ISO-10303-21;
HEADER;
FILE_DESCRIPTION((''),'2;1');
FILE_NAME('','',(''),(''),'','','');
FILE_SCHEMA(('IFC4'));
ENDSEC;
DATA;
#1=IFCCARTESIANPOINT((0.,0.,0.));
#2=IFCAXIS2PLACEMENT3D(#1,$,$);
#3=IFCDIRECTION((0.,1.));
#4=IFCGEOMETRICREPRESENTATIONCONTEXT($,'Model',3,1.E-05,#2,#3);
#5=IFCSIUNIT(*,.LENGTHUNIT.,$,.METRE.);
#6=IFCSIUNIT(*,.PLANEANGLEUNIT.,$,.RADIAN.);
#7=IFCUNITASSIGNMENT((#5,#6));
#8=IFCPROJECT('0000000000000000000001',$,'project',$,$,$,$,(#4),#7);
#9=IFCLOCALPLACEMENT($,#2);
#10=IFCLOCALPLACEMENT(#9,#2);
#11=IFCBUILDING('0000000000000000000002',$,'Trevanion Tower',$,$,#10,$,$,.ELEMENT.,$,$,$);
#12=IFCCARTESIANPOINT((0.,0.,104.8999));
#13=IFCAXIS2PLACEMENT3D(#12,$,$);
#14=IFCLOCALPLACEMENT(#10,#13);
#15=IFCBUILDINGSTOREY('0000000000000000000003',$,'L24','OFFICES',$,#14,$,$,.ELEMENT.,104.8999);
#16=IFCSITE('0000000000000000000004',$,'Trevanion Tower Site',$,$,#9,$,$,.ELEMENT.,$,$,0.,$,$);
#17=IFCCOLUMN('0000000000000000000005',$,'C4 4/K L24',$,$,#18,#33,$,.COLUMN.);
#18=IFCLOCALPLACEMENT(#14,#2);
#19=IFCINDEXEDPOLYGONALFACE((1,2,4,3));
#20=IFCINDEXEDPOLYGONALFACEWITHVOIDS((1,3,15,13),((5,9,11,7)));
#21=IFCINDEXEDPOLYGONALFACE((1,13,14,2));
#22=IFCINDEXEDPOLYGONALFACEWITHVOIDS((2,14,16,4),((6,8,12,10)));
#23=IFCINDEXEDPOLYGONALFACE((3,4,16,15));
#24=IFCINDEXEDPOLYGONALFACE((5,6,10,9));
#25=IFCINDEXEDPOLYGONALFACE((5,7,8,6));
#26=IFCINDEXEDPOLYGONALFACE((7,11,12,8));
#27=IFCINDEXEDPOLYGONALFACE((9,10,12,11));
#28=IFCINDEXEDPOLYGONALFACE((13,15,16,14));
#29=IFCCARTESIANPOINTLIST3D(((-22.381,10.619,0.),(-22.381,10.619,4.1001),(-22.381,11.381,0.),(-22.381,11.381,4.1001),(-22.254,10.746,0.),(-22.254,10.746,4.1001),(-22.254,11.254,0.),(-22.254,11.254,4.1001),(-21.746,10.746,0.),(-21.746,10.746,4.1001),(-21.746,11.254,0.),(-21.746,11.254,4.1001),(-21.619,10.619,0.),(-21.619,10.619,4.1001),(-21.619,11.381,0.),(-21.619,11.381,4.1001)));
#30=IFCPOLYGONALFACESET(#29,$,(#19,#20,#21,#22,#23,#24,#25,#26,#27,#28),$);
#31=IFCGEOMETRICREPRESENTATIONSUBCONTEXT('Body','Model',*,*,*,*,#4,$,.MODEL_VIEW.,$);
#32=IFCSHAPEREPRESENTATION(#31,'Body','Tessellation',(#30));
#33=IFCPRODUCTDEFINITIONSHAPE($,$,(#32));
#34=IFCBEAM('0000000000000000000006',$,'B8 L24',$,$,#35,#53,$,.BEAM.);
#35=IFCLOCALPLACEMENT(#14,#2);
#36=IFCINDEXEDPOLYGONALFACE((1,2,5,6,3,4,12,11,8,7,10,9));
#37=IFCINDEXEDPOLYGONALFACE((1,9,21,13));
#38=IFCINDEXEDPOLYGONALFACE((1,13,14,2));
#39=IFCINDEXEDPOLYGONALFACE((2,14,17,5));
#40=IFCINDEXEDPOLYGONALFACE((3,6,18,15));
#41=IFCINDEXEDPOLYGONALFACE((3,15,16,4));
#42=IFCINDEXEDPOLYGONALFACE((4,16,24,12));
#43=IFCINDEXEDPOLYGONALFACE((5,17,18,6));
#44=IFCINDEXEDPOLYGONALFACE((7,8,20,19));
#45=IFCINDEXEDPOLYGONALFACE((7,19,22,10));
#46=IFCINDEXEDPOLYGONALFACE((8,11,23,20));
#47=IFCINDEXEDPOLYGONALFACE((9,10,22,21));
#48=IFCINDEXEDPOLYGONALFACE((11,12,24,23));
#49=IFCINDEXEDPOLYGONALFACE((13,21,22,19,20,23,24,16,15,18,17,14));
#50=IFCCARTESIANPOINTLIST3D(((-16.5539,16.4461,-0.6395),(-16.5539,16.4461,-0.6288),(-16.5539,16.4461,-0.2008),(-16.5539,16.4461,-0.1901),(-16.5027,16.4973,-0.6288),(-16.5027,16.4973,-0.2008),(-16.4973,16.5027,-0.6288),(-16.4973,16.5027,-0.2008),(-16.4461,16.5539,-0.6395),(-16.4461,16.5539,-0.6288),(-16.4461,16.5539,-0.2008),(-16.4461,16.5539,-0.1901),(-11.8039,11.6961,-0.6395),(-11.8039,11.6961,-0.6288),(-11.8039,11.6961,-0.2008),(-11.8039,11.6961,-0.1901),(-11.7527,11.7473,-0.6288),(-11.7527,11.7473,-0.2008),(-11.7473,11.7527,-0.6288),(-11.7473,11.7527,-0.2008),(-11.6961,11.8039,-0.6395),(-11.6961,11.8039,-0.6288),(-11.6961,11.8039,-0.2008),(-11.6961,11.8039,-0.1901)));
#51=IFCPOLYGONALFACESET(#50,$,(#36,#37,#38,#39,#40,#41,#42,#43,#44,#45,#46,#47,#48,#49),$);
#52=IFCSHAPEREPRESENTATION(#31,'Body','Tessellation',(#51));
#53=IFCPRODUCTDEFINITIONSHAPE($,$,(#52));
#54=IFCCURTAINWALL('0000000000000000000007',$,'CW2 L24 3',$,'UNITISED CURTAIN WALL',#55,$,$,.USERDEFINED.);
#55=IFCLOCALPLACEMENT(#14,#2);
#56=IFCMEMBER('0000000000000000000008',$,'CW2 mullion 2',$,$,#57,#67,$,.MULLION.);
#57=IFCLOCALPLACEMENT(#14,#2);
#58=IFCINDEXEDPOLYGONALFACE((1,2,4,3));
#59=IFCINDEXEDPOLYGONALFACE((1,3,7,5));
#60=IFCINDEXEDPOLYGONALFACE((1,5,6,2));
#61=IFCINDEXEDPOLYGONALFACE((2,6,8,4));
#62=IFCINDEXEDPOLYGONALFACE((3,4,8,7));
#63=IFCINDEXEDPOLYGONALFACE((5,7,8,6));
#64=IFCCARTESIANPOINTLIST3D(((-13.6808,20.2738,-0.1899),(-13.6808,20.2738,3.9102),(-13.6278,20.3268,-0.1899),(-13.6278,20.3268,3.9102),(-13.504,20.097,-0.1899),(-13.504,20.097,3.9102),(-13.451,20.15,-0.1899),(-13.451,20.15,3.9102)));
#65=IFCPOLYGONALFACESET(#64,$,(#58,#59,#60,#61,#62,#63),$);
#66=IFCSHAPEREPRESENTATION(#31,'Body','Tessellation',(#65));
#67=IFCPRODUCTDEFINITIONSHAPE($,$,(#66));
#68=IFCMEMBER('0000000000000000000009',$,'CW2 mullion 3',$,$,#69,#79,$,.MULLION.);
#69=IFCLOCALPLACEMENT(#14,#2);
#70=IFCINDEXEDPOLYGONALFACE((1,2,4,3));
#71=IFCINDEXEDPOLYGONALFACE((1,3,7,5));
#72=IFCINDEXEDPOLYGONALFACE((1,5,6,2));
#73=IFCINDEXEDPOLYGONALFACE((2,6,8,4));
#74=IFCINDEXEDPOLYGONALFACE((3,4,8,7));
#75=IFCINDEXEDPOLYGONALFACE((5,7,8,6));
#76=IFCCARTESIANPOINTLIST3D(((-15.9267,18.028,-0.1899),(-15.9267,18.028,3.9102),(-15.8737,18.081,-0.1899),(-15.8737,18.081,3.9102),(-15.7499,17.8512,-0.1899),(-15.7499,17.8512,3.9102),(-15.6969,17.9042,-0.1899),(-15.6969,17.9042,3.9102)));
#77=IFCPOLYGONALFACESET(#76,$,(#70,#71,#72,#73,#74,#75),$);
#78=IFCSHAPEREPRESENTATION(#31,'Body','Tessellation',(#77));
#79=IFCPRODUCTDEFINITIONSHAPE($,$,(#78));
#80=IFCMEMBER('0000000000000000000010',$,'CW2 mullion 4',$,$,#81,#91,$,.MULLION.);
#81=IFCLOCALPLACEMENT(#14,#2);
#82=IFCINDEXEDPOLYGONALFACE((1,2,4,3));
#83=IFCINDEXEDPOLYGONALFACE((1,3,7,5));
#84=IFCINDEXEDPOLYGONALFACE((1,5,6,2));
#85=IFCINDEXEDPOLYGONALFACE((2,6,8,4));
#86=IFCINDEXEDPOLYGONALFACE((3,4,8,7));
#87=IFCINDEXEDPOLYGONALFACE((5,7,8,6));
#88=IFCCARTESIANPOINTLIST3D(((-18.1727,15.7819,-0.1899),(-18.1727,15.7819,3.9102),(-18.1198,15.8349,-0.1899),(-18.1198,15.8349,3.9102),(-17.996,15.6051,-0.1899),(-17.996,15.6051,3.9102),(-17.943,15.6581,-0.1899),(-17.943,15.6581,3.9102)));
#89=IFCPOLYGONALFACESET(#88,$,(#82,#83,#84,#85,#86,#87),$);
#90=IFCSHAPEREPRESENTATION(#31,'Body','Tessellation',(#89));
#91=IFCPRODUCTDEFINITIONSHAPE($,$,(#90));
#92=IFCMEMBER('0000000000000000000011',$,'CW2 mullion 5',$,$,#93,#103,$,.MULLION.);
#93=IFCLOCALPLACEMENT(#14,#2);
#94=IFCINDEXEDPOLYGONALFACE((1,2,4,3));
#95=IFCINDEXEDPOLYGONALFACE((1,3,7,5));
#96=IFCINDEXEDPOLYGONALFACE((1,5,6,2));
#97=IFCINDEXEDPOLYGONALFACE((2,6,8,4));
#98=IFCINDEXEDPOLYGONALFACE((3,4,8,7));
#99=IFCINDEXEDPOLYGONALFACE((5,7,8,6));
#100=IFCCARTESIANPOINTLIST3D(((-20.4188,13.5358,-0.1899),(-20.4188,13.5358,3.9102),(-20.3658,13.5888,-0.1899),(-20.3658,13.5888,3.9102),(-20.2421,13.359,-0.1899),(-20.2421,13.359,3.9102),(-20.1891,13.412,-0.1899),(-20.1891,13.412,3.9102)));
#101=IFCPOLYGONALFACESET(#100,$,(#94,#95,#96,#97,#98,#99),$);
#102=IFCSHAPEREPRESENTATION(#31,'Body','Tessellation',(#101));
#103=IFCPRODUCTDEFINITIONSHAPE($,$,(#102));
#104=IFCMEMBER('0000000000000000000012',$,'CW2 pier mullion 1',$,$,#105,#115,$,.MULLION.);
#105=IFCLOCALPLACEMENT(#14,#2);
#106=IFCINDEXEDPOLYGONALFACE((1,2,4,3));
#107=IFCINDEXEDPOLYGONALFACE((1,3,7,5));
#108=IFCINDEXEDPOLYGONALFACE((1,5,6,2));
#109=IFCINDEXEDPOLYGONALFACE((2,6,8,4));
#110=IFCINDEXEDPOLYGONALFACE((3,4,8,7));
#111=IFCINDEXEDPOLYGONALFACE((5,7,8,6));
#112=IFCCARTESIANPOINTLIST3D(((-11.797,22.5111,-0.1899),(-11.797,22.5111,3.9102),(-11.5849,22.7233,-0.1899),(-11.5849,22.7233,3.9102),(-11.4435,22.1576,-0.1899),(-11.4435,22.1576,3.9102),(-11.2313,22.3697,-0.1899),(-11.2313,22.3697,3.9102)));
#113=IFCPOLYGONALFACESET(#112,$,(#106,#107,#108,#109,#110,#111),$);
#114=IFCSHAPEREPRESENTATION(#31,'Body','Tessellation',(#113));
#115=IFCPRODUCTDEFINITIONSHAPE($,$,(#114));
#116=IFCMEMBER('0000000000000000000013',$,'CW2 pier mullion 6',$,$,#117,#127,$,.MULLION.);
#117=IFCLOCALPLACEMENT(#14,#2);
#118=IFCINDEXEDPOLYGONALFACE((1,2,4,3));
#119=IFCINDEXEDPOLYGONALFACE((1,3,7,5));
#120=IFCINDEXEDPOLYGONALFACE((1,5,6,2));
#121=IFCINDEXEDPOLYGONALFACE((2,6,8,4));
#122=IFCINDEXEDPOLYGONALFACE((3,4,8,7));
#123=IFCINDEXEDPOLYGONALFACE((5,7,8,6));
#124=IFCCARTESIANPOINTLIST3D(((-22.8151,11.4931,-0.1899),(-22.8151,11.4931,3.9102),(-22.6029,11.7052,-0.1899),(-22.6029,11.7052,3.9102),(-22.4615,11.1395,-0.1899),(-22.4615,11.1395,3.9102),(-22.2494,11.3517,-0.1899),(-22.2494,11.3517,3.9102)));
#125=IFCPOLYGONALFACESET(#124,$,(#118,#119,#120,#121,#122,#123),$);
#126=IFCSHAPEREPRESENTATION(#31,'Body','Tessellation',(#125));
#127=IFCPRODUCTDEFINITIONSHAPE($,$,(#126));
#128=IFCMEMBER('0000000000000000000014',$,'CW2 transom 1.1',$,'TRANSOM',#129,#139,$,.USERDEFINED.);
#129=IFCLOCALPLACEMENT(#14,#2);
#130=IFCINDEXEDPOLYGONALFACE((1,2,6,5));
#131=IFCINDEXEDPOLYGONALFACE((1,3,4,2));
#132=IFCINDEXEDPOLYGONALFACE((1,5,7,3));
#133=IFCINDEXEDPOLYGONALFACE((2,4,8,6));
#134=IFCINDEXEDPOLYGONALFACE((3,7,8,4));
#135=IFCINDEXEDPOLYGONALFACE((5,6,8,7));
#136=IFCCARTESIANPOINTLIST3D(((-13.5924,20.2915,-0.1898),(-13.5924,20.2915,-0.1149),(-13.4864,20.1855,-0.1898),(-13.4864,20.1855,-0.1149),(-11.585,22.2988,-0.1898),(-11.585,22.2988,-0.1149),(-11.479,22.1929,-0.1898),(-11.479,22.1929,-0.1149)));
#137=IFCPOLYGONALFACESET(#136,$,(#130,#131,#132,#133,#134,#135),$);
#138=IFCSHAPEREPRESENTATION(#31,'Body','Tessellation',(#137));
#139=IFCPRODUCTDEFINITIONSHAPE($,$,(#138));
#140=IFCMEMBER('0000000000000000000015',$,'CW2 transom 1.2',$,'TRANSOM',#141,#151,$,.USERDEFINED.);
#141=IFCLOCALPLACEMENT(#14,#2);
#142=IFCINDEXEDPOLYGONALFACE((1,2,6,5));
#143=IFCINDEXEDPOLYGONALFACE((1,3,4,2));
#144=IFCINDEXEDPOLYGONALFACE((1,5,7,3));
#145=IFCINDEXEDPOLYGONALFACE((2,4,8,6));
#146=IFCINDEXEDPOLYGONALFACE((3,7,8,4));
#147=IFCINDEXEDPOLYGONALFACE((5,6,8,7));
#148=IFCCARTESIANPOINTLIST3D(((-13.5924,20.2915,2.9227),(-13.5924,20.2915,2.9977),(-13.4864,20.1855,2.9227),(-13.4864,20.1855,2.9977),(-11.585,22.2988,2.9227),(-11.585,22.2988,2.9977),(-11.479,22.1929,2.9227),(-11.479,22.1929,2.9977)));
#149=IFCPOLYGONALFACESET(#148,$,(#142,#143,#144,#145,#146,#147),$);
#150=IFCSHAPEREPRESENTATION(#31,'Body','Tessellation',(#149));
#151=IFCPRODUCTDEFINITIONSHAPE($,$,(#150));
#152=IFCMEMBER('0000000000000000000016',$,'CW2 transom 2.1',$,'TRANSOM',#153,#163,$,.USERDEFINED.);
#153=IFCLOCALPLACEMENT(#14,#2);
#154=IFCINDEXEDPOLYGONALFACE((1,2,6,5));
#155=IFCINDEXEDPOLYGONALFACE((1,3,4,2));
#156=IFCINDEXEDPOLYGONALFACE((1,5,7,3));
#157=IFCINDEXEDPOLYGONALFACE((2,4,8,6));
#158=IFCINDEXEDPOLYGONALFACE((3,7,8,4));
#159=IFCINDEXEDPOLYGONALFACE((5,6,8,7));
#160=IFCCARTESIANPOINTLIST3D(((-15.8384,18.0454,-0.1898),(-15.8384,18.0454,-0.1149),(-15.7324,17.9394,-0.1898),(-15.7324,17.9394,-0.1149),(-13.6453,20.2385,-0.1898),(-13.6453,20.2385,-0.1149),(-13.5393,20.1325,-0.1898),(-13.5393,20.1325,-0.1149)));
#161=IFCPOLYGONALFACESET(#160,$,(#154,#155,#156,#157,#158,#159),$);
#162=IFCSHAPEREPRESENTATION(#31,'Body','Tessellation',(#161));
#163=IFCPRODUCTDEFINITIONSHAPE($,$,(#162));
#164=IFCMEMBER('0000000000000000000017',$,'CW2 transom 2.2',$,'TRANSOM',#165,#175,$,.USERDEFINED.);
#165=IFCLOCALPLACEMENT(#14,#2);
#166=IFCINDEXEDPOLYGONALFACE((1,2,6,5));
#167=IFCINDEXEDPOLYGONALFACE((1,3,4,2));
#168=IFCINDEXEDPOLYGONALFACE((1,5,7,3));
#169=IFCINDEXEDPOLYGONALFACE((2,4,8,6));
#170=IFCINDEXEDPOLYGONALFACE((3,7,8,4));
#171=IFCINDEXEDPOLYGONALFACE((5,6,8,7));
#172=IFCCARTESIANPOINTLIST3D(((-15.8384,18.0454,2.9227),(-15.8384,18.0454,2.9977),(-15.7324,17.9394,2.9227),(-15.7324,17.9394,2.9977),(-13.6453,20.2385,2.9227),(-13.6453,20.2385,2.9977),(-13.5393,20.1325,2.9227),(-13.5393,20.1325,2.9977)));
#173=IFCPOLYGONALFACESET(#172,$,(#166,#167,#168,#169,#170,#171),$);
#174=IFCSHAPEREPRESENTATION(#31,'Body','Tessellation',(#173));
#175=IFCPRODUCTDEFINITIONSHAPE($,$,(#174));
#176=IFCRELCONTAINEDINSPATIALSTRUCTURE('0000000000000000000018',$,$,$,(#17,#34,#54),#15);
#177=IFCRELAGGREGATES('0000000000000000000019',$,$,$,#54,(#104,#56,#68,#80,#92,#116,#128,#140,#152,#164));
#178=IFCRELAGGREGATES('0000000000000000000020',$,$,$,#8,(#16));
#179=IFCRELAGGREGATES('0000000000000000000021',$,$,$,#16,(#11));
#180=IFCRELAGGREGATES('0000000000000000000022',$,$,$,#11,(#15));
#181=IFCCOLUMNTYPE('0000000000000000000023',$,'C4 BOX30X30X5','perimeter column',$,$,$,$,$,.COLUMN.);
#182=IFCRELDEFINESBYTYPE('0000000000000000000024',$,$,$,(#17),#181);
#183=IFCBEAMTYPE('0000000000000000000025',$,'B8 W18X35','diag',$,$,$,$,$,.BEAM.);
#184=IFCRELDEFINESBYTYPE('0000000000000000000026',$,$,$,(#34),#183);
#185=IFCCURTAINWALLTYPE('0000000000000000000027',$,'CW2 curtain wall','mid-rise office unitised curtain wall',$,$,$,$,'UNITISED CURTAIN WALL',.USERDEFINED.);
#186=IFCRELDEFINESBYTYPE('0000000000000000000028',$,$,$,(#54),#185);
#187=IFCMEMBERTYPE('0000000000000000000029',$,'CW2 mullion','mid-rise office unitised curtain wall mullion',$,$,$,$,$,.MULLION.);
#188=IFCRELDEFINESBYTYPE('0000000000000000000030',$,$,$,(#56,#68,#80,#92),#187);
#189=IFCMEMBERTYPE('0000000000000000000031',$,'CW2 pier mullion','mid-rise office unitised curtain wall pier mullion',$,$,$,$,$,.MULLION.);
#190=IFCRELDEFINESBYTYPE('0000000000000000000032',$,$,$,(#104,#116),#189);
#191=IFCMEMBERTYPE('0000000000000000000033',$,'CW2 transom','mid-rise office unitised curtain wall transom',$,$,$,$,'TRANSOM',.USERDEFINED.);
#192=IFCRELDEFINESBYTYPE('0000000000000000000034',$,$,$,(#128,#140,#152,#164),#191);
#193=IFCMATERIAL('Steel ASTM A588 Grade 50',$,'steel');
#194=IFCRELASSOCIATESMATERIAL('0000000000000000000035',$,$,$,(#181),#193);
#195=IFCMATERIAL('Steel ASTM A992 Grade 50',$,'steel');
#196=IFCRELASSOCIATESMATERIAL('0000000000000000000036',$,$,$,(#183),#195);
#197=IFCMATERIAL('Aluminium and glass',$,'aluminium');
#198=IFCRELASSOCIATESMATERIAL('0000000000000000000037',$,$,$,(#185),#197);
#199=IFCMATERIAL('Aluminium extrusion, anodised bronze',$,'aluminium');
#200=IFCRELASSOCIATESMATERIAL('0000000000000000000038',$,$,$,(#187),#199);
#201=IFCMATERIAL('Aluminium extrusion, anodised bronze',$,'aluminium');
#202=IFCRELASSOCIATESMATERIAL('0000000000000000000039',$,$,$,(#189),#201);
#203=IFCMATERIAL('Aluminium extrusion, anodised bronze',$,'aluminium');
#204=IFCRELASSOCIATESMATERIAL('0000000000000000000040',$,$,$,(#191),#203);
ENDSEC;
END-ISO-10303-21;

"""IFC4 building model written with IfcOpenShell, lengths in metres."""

from ifc_helpers import new_model, si_unit, direction, frame, origin, origin_2d, place, context, subcontext, project, spatial, rectangle, hollow_rectangle, i_section, extrude, material, material_profile, profile_set, type_object, element, aggregate, save


model = new_model("IFC4")

# Units and contexts
model_context = context("Model", 3, precision=1e-05, world=origin(), true_north=direction((0.0, 1.0)))
body_context = subcontext(model_context, "Body", "Model", "MODEL_VIEW")
ifc_project = project(units=[si_unit("LENGTHUNIT", "METRE"), si_unit("PLANEANGLEUNIT", "RADIAN")], contexts=[model_context])

# Site, building, storey
site_placement = place(None, origin())
site = spatial("IfcSite", under=ifc_project, at=site_placement, Name="Trevanion Tower Site", CompositionType="ELEMENT", RefElevation=0.0)
building_placement = place(site_placement, origin())
building = spatial("IfcBuilding", under=site, at=building_placement, Name="Trevanion Tower", CompositionType="ELEMENT")
storey_placement = place(building_placement, frame((0.0, 0.0, 104.8999)))
storey = spatial("IfcBuildingStorey", under=building, at=storey_placement, Name="L24", Description="OFFICES", CompositionType="ELEMENT", Elevation=104.8999)

# Column
ifc_material_1 = material(Name="Steel ASTM A588 Grade 50", Category="steel")
ifc_material_profile_1 = material_profile(ifc_material_1, hollow_rectangle(XDim=0.762, YDim=0.762, WallThickness=0.127, at=origin_2d()), Name="BOX30X30X5")
ifc_profile_set_1 = profile_set([ifc_material_profile_1], Name="Steel ASTM A588 Grade 50")
column_type = type_object("IfcColumnType", Name="C4 BOX30X30X5", Description="perimeter column", PredefinedType="COLUMN", material=ifc_profile_set_1)
column_placement = place(storey_placement, frame((-22.0, 11.0, 0.0), z_axis=(0.0, 0.0, 1.0), x_axis=(0.0, 1.0, 0.0)))
element("IfcColumn", 1, at=column_placement, inside=storey, type_object=column_type, Name="C4 4/K L24", PredefinedType="COLUMN", context=body_context, shape_type="SweptSolid", body=[
    extrude(hollow_rectangle(XDim=0.762, YDim=0.762, WallThickness=0.127, at=origin_2d()), origin(), (0.0, 0.0, 1.0), 4.1001),
])

# Beam
ifc_material_2 = material(Name="Steel ASTM A992 Grade 50", Category="steel")
ifc_material_profile_2 = material_profile(ifc_material_2, i_section(OverallWidth=0.1523, OverallDepth=0.4495, WebThickness=0.0076, FlangeThickness=0.0107, at=origin_2d()), Name="W18X35")
ifc_profile_set_2 = profile_set([ifc_material_profile_2], Name="Steel ASTM A992 Grade 50")
beam_type_1 = type_object("IfcBeamType", Name="B8 W18X35", Description="diag", PredefinedType="BEAM", material=ifc_profile_set_2)
beam_1_placement = place(storey_placement, frame((-11.75, 11.75, -0.4148), z_axis=(-0.707107, 0.707107, 0.0), x_axis=(-0.707107, -0.707107, 0.0)))
element("IfcBeam", 2, at=beam_1_placement, inside=storey, type_object=beam_type_1, Name="B8 L24", PredefinedType="BEAM", context=body_context, shape_type="SweptSolid", body=[
    extrude(i_section(OverallWidth=0.1523, OverallDepth=0.4495, WebThickness=0.0076, FlangeThickness=0.0107, at=origin_2d()), origin(), (0.0, 0.0, 1.0), 6.7175),
])

# Curtain wall, members
ifc_material_3 = material(Name="Aluminium and glass", Category="aluminium")
curtain_wall_type = type_object("IfcCurtainWallType", Name="CW2 curtain wall", Description="mid-rise office unitised curtain wall", ElementType="UNITISED CURTAIN WALL", PredefinedType="USERDEFINED", material=ifc_material_3)
curtain_wall_placement = place(storey_placement, origin())
curtain_wall = element("IfcCurtainWall", 3, at=curtain_wall_placement, inside=storey, type_object=curtain_wall_type, Name="CW2 L24 3", ObjectType="UNITISED CURTAIN WALL", PredefinedType="USERDEFINED")
ifc_material_4 = material(Name="Aluminium extrusion, anodised bronze", Category="aluminium")
ifc_material_profile_3 = material_profile(ifc_material_4, rectangle(XDim=0.075, YDim=0.25, at=origin_2d()), Name="CW2 mullion")
ifc_profile_set_3 = profile_set([ifc_material_profile_3], Name="Aluminium extrusion, anodised bronze")
member_type_1 = type_object("IfcMemberType", Name="CW2 mullion", Description="mid-rise office unitised curtain wall mullion", PredefinedType="MULLION", material=ifc_profile_set_3)
member_1_placement = place(storey_placement, frame((-13.5659, 20.2119, -0.1899), z_axis=(0.0, 0.0, 1.0), x_axis=(-0.707107, -0.707107, 0.0)))
member_1 = element("IfcMember", 4, at=member_1_placement, type_object=member_type_1, Name="CW2 mullion 2", PredefinedType="MULLION", context=body_context, shape_type="SweptSolid", body=[
    extrude(rectangle(XDim=0.075, YDim=0.25, at=origin_2d()), origin(), (0.0, 0.0, 1.0), 4.1001),
])
member_2_placement = place(storey_placement, frame((-15.8118, 17.9661, -0.1899), z_axis=(0.0, 0.0, 1.0), x_axis=(-0.707107, -0.707107, 0.0)))
member_2 = element("IfcMember", 5, at=member_2_placement, type_object=member_type_1, Name="CW2 mullion 3", PredefinedType="MULLION", context=body_context, shape_type="SweptSolid", body=[
    extrude(rectangle(XDim=0.075, YDim=0.25, at=origin_2d()), origin(), (0.0, 0.0, 1.0), 4.1001),
])
member_3_placement = place(storey_placement, frame((-18.0579, 15.72, -0.1899), z_axis=(0.0, 0.0, 1.0), x_axis=(-0.707107, -0.707107, 0.0)))
member_3 = element("IfcMember", 6, at=member_3_placement, type_object=member_type_1, Name="CW2 mullion 4", PredefinedType="MULLION", context=body_context, shape_type="SweptSolid", body=[
    extrude(rectangle(XDim=0.075, YDim=0.25, at=origin_2d()), origin(), (0.0, 0.0, 1.0), 4.1001),
])
member_4_placement = place(storey_placement, frame((-20.304, 13.4739, -0.1899), z_axis=(0.0, 0.0, 1.0), x_axis=(-0.707107, -0.707107, 0.0)))
member_4 = element("IfcMember", 7, at=member_4_placement, type_object=member_type_1, Name="CW2 mullion 5", PredefinedType="MULLION", context=body_context, shape_type="SweptSolid", body=[
    extrude(rectangle(XDim=0.075, YDim=0.25, at=origin_2d()), origin(), (0.0, 0.0, 1.0), 4.1001),
])
ifc_material_5 = material(Name="Aluminium extrusion, anodised bronze", Category="aluminium")
ifc_material_profile_4 = material_profile(ifc_material_5, rectangle(XDim=0.3, YDim=0.5, at=origin_2d()), Name="CW2 pier mullion")
ifc_profile_set_4 = profile_set([ifc_material_profile_4], Name="Aluminium extrusion, anodised bronze")
member_type_2 = type_object("IfcMemberType", Name="CW2 pier mullion", Description="mid-rise office unitised curtain wall pier mullion", PredefinedType="MULLION", material=ifc_profile_set_4)
member_5_placement = place(storey_placement, frame((-11.5142, 22.4404, -0.1899), z_axis=(0.0, 0.0, 1.0), x_axis=(-0.707107, -0.707107, 0.0)))
member_5 = element("IfcMember", 8, at=member_5_placement, type_object=member_type_2, Name="CW2 pier mullion 1", PredefinedType="MULLION", context=body_context, shape_type="SweptSolid", body=[
    extrude(rectangle(XDim=0.3, YDim=0.5, at=origin_2d()), origin(), (0.0, 0.0, 1.0), 4.1001),
])
member_6_placement = place(storey_placement, frame((-22.5322, 11.4224, -0.1899), z_axis=(0.0, 0.0, 1.0), x_axis=(-0.707107, -0.707107, 0.0)))
member_6 = element("IfcMember", 9, at=member_6_placement, type_object=member_type_2, Name="CW2 pier mullion 6", PredefinedType="MULLION", context=body_context, shape_type="SweptSolid", body=[
    extrude(rectangle(XDim=0.3, YDim=0.5, at=origin_2d()), origin(), (0.0, 0.0, 1.0), 4.1001),
])
ifc_material_6 = material(Name="Aluminium extrusion, anodised bronze", Category="aluminium")
ifc_material_profile_5 = material_profile(ifc_material_6, rectangle(XDim=0.1499, YDim=0.075, at=origin_2d()), Name="CW2 transom")
ifc_profile_set_5 = profile_set([ifc_material_profile_5], Name="Aluminium extrusion, anodised bronze")
member_type_3 = type_object("IfcMemberType", Name="CW2 transom", Description="mid-rise office unitised curtain wall transom", ElementType="TRANSOM", PredefinedType="USERDEFINED", material=ifc_profile_set_5)
member_7_placement = place(storey_placement, frame((-11.532, 22.2458, -0.1523), z_axis=(-0.707107, -0.707107, 0.0), x_axis=(0.707107, -0.707107, 0.0)))
member_7 = element("IfcMember", 10, at=member_7_placement, type_object=member_type_3, Name="CW2 transom 1.1", ObjectType="TRANSOM", PredefinedType="USERDEFINED", context=body_context, shape_type="SweptSolid", body=[
    extrude(rectangle(XDim=0.1499, YDim=0.075, at=origin_2d()), origin(), (0.0, 0.0, 1.0), 2.8389),
])
member_8_placement = place(storey_placement, frame((-11.532, 22.2458, 2.9602), z_axis=(-0.707107, -0.707107, 0.0), x_axis=(0.707107, -0.707107, 0.0)))
member_8 = element("IfcMember", 11, at=member_8_placement, type_object=member_type_3, Name="CW2 transom 1.2", ObjectType="TRANSOM", PredefinedType="USERDEFINED", context=body_context, shape_type="SweptSolid", body=[
    extrude(rectangle(XDim=0.1499, YDim=0.075, at=origin_2d()), origin(), (0.0, 0.0, 1.0), 2.8389),
])
member_9_placement = place(storey_placement, frame((-13.5923, 20.1855, -0.1523), z_axis=(-0.707107, -0.707107, 0.0), x_axis=(0.707107, -0.707107, 0.0)))
member_9 = element("IfcMember", 12, at=member_9_placement, type_object=member_type_3, Name="CW2 transom 2.1", ObjectType="TRANSOM", PredefinedType="USERDEFINED", context=body_context, shape_type="SweptSolid", body=[
    extrude(rectangle(XDim=0.1499, YDim=0.075, at=origin_2d()), origin(), (0.0, 0.0, 1.0), 3.1016),
])
member_10_placement = place(storey_placement, frame((-13.5923, 20.1855, 2.9602), z_axis=(-0.707107, -0.707107, 0.0), x_axis=(0.707107, -0.707107, 0.0)))
member_10 = element("IfcMember", 13, at=member_10_placement, type_object=member_type_3, Name="CW2 transom 2.2", ObjectType="TRANSOM", PredefinedType="USERDEFINED", context=body_context, shape_type="SweptSolid", body=[
    extrude(rectangle(XDim=0.1499, YDim=0.075, at=origin_2d()), origin(), (0.0, 0.0, 1.0), 3.1016),
])

aggregate(curtain_wall, [member_5, member_1, member_2, member_3, member_4, member_6, member_7, member_8, member_9, member_10])

save(model, "model.ifc")
